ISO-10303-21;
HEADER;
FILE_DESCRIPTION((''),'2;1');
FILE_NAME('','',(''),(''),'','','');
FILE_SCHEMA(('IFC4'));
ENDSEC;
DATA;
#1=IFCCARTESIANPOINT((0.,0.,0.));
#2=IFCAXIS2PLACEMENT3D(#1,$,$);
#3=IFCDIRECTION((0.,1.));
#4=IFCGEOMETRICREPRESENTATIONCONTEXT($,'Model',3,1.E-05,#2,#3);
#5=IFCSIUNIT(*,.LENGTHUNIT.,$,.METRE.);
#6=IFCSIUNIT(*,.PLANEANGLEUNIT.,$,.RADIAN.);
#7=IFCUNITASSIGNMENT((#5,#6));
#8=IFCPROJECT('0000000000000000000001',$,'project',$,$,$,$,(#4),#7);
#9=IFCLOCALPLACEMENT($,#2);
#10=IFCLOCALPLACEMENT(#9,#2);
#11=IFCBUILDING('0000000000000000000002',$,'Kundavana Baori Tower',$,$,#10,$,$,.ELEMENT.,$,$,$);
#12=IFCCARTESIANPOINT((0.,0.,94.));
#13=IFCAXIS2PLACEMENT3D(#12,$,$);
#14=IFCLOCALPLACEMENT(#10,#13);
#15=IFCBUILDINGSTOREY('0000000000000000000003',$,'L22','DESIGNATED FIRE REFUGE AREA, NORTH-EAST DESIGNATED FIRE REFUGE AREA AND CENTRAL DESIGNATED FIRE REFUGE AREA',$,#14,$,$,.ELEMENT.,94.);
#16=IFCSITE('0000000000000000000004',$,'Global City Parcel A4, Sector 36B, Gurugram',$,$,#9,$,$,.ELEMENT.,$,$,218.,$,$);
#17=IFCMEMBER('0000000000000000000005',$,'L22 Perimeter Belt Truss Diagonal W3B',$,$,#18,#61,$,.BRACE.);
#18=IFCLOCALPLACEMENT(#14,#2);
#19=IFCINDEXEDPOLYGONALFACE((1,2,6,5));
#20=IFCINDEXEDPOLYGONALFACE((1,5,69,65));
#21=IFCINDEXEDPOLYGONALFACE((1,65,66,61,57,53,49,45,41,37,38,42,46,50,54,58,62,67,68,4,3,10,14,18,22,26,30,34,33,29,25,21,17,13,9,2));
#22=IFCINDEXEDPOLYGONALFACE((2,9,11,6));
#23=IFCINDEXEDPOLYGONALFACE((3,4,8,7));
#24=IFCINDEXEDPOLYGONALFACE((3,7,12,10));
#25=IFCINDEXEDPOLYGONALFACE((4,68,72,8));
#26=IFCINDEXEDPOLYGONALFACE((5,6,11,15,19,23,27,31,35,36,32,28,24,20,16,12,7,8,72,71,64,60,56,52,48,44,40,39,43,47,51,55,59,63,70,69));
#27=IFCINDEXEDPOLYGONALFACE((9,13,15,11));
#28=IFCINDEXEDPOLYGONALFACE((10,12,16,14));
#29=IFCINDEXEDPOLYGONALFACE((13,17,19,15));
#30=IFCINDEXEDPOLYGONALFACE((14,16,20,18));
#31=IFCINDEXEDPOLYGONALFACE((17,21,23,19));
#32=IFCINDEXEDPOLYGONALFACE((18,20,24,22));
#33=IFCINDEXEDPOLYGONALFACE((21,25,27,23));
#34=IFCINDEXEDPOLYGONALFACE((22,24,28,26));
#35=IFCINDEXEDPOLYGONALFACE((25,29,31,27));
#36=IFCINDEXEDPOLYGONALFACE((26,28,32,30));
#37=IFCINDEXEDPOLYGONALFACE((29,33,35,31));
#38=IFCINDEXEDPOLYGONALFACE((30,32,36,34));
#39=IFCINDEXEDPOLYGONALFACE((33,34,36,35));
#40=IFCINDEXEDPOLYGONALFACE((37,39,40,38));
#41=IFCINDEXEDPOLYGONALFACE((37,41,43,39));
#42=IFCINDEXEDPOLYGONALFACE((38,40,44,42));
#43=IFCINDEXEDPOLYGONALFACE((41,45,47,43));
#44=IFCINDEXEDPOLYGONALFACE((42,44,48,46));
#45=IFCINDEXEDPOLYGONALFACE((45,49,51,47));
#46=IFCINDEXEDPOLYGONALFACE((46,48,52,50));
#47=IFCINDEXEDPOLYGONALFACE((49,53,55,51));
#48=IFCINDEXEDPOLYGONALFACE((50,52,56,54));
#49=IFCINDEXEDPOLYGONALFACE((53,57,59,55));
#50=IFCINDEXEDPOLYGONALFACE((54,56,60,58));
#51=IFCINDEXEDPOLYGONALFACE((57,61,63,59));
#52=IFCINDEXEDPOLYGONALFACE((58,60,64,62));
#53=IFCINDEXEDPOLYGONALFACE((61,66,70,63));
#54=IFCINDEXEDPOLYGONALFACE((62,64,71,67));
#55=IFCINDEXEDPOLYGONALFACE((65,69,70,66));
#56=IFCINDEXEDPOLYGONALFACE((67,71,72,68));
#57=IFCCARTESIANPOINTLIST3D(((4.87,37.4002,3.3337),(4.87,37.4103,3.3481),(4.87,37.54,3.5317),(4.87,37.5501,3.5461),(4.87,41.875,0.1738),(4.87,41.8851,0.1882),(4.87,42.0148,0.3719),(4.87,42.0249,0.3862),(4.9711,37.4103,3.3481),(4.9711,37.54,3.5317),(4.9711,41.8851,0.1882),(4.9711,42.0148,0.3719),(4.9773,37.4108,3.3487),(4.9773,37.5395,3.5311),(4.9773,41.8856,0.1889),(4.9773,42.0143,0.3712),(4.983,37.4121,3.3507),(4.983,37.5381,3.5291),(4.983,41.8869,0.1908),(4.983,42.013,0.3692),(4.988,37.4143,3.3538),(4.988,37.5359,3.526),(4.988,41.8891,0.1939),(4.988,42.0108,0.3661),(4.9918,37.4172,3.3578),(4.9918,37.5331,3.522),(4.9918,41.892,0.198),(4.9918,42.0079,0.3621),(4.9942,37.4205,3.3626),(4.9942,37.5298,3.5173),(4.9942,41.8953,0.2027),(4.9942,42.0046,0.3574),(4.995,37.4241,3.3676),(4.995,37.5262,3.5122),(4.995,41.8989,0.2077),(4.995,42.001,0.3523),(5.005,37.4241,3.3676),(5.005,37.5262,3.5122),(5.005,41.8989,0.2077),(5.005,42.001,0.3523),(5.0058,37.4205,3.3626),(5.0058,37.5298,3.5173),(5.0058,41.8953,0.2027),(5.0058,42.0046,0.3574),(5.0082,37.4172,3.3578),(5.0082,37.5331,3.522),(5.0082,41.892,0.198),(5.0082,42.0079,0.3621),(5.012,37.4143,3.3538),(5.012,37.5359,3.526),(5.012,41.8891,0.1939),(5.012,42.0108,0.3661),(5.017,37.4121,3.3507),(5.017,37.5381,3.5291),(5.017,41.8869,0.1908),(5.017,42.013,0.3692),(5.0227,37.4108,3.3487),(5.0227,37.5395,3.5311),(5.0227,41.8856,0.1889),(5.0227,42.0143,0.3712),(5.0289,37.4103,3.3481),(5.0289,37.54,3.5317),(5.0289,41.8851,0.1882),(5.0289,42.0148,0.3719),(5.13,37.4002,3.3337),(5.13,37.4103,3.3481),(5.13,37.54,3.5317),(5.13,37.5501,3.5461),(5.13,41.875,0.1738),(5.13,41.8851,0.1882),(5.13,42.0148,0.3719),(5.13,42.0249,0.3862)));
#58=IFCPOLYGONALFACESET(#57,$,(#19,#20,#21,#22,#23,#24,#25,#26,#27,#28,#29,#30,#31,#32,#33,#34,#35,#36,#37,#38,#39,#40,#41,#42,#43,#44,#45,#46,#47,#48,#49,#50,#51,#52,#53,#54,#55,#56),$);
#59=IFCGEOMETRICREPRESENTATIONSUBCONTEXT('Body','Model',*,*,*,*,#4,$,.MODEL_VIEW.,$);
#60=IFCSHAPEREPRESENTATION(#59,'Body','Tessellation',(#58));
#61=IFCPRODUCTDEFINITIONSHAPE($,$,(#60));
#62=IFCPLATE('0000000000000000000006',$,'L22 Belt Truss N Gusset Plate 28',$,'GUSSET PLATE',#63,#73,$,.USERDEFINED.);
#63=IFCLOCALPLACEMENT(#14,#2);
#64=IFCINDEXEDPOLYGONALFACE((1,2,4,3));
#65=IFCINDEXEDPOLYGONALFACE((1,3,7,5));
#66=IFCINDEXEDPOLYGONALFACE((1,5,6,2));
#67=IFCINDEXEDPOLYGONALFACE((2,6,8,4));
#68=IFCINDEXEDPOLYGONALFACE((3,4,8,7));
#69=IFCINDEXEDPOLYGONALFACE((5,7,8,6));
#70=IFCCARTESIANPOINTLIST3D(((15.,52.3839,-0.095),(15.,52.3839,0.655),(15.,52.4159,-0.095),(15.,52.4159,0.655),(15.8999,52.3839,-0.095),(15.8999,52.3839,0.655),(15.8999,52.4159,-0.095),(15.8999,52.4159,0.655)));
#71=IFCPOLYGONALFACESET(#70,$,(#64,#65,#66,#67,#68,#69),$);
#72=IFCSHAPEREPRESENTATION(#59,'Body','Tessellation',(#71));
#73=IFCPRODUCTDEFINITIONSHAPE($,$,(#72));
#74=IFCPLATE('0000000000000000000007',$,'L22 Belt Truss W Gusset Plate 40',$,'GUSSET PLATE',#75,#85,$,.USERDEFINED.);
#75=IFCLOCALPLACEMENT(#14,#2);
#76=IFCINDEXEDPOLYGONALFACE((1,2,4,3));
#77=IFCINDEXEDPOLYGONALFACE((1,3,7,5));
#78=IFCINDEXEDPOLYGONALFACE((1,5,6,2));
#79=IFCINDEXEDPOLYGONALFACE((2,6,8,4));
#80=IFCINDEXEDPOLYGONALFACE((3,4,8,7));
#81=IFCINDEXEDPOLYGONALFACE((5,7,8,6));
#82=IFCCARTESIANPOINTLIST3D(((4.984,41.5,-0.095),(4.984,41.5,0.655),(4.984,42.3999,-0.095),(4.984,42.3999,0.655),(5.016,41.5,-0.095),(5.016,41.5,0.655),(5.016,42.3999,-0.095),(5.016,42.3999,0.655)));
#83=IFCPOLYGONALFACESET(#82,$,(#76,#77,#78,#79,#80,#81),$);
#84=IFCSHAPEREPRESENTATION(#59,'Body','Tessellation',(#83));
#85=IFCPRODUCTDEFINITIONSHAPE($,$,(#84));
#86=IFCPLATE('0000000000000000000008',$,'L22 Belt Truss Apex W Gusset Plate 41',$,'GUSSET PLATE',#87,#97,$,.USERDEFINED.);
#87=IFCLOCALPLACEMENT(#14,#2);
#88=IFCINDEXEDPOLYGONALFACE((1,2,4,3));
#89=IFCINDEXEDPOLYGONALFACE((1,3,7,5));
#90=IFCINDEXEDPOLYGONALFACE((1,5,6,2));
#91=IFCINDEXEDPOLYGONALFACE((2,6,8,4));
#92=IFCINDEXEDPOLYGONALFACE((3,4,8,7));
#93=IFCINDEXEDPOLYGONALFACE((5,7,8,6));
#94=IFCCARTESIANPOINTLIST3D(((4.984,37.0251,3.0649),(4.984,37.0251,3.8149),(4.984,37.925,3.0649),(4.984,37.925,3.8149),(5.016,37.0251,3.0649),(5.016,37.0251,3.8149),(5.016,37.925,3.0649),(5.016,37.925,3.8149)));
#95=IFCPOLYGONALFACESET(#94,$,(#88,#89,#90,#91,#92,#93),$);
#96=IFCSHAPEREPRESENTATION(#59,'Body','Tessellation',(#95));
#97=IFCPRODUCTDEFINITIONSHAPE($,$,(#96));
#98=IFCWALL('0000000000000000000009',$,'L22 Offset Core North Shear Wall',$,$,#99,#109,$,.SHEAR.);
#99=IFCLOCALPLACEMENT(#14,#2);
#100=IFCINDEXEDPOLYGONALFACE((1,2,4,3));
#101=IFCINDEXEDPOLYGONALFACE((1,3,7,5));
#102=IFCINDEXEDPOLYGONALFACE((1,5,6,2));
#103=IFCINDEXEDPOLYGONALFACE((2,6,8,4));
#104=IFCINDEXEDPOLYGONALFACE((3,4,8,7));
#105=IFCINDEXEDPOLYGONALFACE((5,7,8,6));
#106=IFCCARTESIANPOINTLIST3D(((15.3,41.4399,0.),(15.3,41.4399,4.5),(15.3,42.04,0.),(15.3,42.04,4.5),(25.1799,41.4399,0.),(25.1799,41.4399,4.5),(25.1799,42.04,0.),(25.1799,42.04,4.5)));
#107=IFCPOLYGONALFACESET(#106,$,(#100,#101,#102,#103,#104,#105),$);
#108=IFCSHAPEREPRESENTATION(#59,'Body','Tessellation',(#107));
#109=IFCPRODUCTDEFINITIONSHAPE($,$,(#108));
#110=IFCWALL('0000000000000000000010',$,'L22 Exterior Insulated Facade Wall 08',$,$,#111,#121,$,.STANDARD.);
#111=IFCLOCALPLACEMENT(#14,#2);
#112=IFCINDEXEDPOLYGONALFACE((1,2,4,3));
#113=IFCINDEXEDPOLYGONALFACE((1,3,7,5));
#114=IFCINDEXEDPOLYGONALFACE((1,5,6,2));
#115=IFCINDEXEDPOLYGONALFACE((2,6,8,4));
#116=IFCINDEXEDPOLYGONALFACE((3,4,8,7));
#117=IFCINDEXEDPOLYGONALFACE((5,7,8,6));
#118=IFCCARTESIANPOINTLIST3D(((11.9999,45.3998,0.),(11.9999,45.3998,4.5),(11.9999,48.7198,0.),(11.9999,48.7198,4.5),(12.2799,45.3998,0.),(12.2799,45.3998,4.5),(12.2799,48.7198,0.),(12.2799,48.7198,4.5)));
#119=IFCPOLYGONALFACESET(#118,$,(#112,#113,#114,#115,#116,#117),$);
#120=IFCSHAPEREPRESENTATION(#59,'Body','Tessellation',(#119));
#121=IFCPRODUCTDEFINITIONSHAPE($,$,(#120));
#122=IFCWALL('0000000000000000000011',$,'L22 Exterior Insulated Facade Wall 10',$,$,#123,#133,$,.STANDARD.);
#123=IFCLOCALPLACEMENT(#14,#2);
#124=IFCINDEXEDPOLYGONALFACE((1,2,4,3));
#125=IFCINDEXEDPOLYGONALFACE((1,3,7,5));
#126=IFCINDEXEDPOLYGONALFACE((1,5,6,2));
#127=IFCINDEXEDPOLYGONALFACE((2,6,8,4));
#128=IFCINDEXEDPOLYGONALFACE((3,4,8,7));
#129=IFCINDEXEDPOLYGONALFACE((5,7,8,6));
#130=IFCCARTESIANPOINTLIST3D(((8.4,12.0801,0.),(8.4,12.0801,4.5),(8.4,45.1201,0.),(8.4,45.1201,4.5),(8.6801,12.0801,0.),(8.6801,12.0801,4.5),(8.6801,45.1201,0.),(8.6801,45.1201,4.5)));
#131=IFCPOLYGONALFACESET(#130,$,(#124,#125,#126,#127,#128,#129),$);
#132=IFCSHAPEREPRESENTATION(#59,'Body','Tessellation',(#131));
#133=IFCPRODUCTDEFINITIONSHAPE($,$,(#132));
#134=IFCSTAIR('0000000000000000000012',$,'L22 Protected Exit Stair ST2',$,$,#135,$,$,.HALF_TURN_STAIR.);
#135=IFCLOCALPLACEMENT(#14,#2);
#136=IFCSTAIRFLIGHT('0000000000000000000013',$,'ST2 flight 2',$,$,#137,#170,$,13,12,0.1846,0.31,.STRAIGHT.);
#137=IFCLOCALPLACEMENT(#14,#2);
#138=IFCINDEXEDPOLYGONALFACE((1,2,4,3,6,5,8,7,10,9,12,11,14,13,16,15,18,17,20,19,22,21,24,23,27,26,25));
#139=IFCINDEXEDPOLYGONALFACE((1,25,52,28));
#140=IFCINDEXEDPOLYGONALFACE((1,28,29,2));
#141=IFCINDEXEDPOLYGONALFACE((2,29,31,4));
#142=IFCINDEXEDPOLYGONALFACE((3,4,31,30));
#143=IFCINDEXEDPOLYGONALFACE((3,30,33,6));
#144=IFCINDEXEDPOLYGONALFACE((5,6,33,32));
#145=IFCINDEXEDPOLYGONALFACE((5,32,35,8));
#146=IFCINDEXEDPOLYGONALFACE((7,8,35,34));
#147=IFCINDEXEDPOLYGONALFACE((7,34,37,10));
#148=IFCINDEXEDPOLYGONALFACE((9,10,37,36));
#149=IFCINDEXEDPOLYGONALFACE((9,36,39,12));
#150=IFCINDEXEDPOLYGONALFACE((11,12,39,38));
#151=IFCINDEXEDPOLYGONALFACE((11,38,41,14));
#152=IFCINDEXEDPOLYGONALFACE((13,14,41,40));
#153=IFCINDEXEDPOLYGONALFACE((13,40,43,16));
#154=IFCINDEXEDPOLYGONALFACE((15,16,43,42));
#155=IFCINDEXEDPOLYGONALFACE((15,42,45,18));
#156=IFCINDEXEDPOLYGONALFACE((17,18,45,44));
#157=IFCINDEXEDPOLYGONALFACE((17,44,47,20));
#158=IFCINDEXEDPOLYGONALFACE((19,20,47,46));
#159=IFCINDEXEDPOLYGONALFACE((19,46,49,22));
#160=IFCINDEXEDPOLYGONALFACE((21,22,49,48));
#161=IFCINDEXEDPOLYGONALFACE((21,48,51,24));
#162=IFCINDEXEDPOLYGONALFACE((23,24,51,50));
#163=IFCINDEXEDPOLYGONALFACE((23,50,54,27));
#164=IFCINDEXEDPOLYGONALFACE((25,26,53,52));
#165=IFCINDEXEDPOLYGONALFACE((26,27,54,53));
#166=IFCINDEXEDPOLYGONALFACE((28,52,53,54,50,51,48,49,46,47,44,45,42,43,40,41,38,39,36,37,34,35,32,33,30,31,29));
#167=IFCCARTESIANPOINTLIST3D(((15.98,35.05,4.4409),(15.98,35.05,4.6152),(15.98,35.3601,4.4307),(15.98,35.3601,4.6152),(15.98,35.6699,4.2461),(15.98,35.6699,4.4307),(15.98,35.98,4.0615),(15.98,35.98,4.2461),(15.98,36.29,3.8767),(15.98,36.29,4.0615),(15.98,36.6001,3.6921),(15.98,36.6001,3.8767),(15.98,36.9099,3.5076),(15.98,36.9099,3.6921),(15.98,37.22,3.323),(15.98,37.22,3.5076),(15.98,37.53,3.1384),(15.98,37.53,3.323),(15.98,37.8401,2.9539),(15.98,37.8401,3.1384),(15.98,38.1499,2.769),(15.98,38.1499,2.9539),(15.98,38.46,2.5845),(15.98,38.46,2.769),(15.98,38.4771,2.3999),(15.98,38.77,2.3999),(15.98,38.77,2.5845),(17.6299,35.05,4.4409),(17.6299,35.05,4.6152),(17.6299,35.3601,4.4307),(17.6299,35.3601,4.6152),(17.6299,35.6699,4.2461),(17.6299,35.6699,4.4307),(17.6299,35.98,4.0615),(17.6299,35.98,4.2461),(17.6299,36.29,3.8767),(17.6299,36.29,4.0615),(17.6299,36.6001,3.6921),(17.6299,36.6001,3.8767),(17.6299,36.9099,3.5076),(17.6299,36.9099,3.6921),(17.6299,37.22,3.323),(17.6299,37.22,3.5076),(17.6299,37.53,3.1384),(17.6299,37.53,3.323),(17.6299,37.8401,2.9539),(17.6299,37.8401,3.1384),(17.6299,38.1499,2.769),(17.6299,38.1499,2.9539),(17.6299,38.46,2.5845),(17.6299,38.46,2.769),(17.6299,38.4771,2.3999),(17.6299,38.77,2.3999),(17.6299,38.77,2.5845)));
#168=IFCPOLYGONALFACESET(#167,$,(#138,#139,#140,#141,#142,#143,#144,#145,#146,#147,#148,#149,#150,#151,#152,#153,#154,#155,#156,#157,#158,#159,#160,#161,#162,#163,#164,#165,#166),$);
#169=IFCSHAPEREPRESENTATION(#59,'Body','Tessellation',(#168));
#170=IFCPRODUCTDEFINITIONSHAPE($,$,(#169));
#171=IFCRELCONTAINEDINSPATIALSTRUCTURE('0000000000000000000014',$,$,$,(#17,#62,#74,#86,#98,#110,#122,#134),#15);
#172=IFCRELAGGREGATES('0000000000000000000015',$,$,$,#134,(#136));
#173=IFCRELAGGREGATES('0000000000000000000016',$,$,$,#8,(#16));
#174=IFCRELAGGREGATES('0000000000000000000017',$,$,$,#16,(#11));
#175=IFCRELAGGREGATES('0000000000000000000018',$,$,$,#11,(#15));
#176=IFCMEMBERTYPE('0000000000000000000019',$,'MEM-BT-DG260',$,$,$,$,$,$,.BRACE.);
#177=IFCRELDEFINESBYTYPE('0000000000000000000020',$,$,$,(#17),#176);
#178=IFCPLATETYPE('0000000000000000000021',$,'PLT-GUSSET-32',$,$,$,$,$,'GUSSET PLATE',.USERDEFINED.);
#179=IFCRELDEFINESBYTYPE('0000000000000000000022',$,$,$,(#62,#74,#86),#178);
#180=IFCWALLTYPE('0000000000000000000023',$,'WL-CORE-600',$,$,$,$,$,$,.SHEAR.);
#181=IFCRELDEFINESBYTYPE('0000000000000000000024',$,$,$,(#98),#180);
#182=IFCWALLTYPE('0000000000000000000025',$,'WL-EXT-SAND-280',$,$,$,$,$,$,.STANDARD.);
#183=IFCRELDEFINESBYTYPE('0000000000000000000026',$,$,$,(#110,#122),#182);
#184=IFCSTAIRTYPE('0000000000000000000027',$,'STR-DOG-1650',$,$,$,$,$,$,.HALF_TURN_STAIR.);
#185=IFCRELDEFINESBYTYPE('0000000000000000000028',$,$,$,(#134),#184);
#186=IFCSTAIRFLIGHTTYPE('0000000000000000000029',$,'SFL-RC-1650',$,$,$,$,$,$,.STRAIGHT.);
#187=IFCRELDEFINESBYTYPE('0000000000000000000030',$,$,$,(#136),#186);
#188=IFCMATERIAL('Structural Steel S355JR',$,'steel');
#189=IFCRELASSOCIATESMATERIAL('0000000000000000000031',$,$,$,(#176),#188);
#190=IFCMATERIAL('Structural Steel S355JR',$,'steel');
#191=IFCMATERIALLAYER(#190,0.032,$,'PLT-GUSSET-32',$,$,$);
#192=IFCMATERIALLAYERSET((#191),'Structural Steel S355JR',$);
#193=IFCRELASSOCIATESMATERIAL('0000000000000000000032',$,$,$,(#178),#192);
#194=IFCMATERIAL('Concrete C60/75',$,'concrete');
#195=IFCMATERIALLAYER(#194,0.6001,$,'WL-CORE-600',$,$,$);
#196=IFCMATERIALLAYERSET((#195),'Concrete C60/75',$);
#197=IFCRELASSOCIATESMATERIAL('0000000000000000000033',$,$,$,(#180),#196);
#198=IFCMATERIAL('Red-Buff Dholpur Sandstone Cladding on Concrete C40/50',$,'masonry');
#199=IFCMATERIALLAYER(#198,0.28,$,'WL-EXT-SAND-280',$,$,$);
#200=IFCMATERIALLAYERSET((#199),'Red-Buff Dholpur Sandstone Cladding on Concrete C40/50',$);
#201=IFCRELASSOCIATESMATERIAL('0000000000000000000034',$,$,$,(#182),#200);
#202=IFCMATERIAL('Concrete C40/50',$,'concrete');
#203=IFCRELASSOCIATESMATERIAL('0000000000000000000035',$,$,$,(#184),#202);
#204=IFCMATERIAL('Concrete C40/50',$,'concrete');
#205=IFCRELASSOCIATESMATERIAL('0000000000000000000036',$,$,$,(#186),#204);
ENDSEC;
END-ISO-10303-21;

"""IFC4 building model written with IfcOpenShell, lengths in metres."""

from ifc_helpers import new_model, si_unit, direction, frame, frame_2d, origin, origin_2d, place, context, subcontext, project, spatial, polyline, rectangle, i_section, outline, extrude, material, layer, layer_set, material_profile, profile_set, type_object, element, aggregate, save


model = new_model("IFC4")

# Units and contexts
model_context = context("Model", 3, precision=1e-05, world=origin(), true_north=direction((0.0, 1.0)))
body_context = subcontext(model_context, "Body", "Model", "MODEL_VIEW")
ifc_project = project(units=[si_unit("LENGTHUNIT", "METRE"), si_unit("PLANEANGLEUNIT", "RADIAN")], contexts=[model_context])

# Site, building, storey
site_placement = place(None, origin())
site = spatial("IfcSite", under=ifc_project, at=site_placement, Name="Global City Parcel A4, Sector 36B, Gurugram", CompositionType="ELEMENT", RefElevation=218.0)
building_placement = place(site_placement, origin())
building = spatial("IfcBuilding", under=site, at=building_placement, Name="Kundavana Baori Tower", CompositionType="ELEMENT")
storey_placement = place(building_placement, frame((0.0, 0.0, 94.0)))
storey = spatial("IfcBuildingStorey", under=building, at=storey_placement, Name="L22", Description="DESIGNATED FIRE REFUGE AREA, NORTH-EAST DESIGNATED FIRE REFUGE AREA AND CENTRAL DESIGNATED FIRE REFUGE AREA", CompositionType="ELEMENT", Elevation=94.0)

# Member
ifc_material_1 = material(Name="Structural Steel S355JR", Category="steel")
ifc_material_profile_1 = material_profile(ifc_material_1, i_section(OverallWidth=0.26, OverallDepth=0.26, WebThickness=0.01, FlangeThickness=0.0176, FilletRadius=0.0239, at=origin_2d()), Name="WPB 260x260x93")
ifc_profile_set_1 = profile_set([ifc_material_profile_1], Name="Structural Steel S355JR")
member_type_1 = type_object("IfcMemberType", Name="MEM-BT-DG260", PredefinedType="BRACE", material=ifc_profile_set_1)
member_1_placement = place(storey_placement, frame((5.0, 41.95, 0.28), z_axis=(0.0, -0.816865, 0.576828), x_axis=(1.0, 0.0, 0.0)))
element("IfcMember", 1, at=member_1_placement, inside=storey, type_object=member_type_1, Name="L22 Perimeter Belt Truss Diagonal W3B", PredefinedType="BRACE", context=body_context, shape_type="SweptSolid", body=[
    extrude(i_section(OverallWidth=0.26, OverallDepth=0.26, WebThickness=0.01, FlangeThickness=0.0176, FilletRadius=0.0239, at=origin_2d()), origin(), (0.0, 0.0, 1.0), 5.478),
])

# Plates
ifc_material_2 = material(Name="Structural Steel S355JR", Category="steel")
ifc_layer_1 = layer(ifc_material_2, 0.032, Name="PLT-GUSSET-32")
ifc_layer_set_1 = layer_set([ifc_layer_1], Name="Structural Steel S355JR")
plate_type = type_object("IfcPlateType", Name="PLT-GUSSET-32", ElementType="GUSSET PLATE", PredefinedType="USERDEFINED", material=ifc_layer_set_1)
plate_placement = place(storey_placement, frame((15.45, 52.3999, -0.095), z_axis=(0.0, 0.0, 1.0), x_axis=(1.0, 0.0, 0.0)))
element("IfcPlate", 2, at=plate_placement, inside=storey, type_object=plate_type, Name="L22 Belt Truss N Gusset Plate 28", ObjectType="GUSSET PLATE", PredefinedType="USERDEFINED", context=body_context, shape_type="SweptSolid", body=[
    extrude(rectangle(XDim=0.8999, YDim=0.032, at=origin_2d()), origin(), (0.0, 0.0, 1.0), 0.75),
])
for number, where, z_axis, x_axis, name in (
    (3, (5.0, 41.95, -0.095), (0.0, 0.0, 1.0), (1.0, 0.0, 0.0), "L22 Belt Truss W Gusset Plate 40"),
    (4, (5.0, 37.4751, 3.0649), (0.0, 0.0, 1.0), (1.0, 0.0, 0.0), "L22 Belt Truss Apex W Gusset Plate 41"),
):
    element("IfcPlate", number, at=place(storey_placement, frame(where, z_axis=z_axis, x_axis=x_axis)), inside=storey, type_object=plate_type, Name=name, ObjectType="GUSSET PLATE", PredefinedType="USERDEFINED", context=body_context, shape_type="SweptSolid", body=[
        extrude(rectangle(XDim=0.032, YDim=0.8999, at=origin_2d()), origin(), (0.0, 0.0, 1.0), 0.75),
    ])

# Walls
ifc_material_3 = material(Name="Concrete C60/75", Category="concrete")
ifc_layer_2 = layer(ifc_material_3, 0.6001, Name="WL-CORE-600")
ifc_layer_set_2 = layer_set([ifc_layer_2], Name="Concrete C60/75")
wall_type_1 = type_object("IfcWallType", Name="WL-CORE-600", PredefinedType="SHEAR", material=ifc_layer_set_2)
wall_1_placement = place(storey_placement, frame((15.3, 41.74, 0.0), z_axis=(0.0, 0.0, 1.0), x_axis=(1.0, 0.0, 0.0)))
element("IfcWall", 5, at=wall_1_placement, inside=storey, type_object=wall_type_1, Name="L22 Offset Core North Shear Wall", PredefinedType="SHEAR", context=body_context, shape_type="SweptSolid", body=[
    extrude(rectangle(XDim=9.8799, YDim=0.6001, at=frame_2d((4.9399, 0.0))), origin(), (0.0, 0.0, 1.0), 4.5),
])
ifc_material_4 = material(Name="Red-Buff Dholpur Sandstone Cladding on Concrete C40/50", Category="masonry")
ifc_layer_3 = layer(ifc_material_4, 0.28, Name="WL-EXT-SAND-280")
ifc_layer_set_3 = layer_set([ifc_layer_3], Name="Red-Buff Dholpur Sandstone Cladding on Concrete C40/50")
wall_type_2 = type_object("IfcWallType", Name="WL-EXT-SAND-280", PredefinedType="STANDARD", material=ifc_layer_set_3)
wall_2_placement = place(storey_placement, frame((12.1399, 48.72, 0.0), z_axis=(0.0, 0.0, 1.0), x_axis=(0.0, -1.0, 0.0)))
element("IfcWall", 6, at=wall_2_placement, inside=storey, type_object=wall_type_2, Name="L22 Exterior Insulated Facade Wall 08", PredefinedType="STANDARD", context=body_context, shape_type="SweptSolid", body=[
    extrude(rectangle(XDim=3.3201, YDim=0.28, at=frame_2d((1.6602, 0.0))), origin(), (0.0, 0.0, 1.0), 4.5),
])
wall_3_placement = place(storey_placement, frame((8.54, 45.1201, 0.0), z_axis=(0.0, 0.0, 1.0), x_axis=(0.0, -1.0, 0.0)))
element("IfcWall", 7, at=wall_3_placement, inside=storey, type_object=wall_type_2, Name="L22 Exterior Insulated Facade Wall 10", PredefinedType="STANDARD", context=body_context, shape_type="SweptSolid", body=[
    extrude(rectangle(XDim=33.04, YDim=0.28, at=frame_2d((16.52, 0.0))), origin(), (0.0, 0.0, 1.0), 4.5),
])

# Stair, stair flight
ifc_material_5 = material(Name="Concrete C40/50", Category="concrete")
stair_type = type_object("IfcStairType", Name="STR-DOG-1650", PredefinedType="HALF_TURN_STAIR", material=ifc_material_5)
stair_placement = place(storey_placement, origin())
stair = element("IfcStair", 8, at=stair_placement, inside=storey, type_object=stair_type, Name="L22 Protected Exit Stair ST2", PredefinedType="HALF_TURN_STAIR")
ifc_material_6 = material(Name="Concrete C40/50", Category="concrete")
stair_flight_type = type_object("IfcStairFlightType", Name="SFL-RC-1650", PredefinedType="STRAIGHT", material=ifc_material_6)
stair_flight_placement = place(storey_placement, frame((16.8049, 38.77, 2.3999), z_axis=(0.0, 0.0, 1.0), x_axis=(0.0, -1.0, 0.0)))
stair_flight = element("IfcStairFlight", 9, at=stair_flight_placement, type_object=stair_flight_type, Name="ST2 flight 2", NumberOfRisers=13, NumberOfTreads=12, PredefinedType="STRAIGHT", RiserHeight=0.1846, TreadLength=0.31, context=body_context, shape_type="SweptSolid", body=[
    extrude(outline(polyline([(0.0, 0.0), (0.0, 0.1846), (0.3101, 0.1846), (0.3101, 0.3691), (0.6201, 0.3691), (0.6201, 0.554), (0.9299, 0.554), (0.9299, 0.7385), (1.24, 0.7385), (1.24, 0.9231), (1.55, 0.9231), (1.55, 1.1077), (1.8601, 1.1077), (1.8601, 1.2922), (2.1699, 1.2922), (2.1699, 1.4768), (2.48, 1.4768), (2.48, 1.6616), (2.79, 1.6616), (2.79, 1.8462), (3.1001, 1.8462), (3.1001, 2.0308), (3.4099, 2.0308), (3.4099, 2.2153), (3.72, 2.2153), (3.72, 2.3999), (3.72, 2.041), (0.293, 0.0), (0.0, 0.0)])), frame((0.0, 0.825, 0.0), z_axis=(0.0, -1.0, 0.0), x_axis=(1.0, 0.0, 0.0)), (0.0, 0.0, 1.0), 1.6499),
])
aggregate(stair, [stair_flight])

save(model, "model.ifc")
